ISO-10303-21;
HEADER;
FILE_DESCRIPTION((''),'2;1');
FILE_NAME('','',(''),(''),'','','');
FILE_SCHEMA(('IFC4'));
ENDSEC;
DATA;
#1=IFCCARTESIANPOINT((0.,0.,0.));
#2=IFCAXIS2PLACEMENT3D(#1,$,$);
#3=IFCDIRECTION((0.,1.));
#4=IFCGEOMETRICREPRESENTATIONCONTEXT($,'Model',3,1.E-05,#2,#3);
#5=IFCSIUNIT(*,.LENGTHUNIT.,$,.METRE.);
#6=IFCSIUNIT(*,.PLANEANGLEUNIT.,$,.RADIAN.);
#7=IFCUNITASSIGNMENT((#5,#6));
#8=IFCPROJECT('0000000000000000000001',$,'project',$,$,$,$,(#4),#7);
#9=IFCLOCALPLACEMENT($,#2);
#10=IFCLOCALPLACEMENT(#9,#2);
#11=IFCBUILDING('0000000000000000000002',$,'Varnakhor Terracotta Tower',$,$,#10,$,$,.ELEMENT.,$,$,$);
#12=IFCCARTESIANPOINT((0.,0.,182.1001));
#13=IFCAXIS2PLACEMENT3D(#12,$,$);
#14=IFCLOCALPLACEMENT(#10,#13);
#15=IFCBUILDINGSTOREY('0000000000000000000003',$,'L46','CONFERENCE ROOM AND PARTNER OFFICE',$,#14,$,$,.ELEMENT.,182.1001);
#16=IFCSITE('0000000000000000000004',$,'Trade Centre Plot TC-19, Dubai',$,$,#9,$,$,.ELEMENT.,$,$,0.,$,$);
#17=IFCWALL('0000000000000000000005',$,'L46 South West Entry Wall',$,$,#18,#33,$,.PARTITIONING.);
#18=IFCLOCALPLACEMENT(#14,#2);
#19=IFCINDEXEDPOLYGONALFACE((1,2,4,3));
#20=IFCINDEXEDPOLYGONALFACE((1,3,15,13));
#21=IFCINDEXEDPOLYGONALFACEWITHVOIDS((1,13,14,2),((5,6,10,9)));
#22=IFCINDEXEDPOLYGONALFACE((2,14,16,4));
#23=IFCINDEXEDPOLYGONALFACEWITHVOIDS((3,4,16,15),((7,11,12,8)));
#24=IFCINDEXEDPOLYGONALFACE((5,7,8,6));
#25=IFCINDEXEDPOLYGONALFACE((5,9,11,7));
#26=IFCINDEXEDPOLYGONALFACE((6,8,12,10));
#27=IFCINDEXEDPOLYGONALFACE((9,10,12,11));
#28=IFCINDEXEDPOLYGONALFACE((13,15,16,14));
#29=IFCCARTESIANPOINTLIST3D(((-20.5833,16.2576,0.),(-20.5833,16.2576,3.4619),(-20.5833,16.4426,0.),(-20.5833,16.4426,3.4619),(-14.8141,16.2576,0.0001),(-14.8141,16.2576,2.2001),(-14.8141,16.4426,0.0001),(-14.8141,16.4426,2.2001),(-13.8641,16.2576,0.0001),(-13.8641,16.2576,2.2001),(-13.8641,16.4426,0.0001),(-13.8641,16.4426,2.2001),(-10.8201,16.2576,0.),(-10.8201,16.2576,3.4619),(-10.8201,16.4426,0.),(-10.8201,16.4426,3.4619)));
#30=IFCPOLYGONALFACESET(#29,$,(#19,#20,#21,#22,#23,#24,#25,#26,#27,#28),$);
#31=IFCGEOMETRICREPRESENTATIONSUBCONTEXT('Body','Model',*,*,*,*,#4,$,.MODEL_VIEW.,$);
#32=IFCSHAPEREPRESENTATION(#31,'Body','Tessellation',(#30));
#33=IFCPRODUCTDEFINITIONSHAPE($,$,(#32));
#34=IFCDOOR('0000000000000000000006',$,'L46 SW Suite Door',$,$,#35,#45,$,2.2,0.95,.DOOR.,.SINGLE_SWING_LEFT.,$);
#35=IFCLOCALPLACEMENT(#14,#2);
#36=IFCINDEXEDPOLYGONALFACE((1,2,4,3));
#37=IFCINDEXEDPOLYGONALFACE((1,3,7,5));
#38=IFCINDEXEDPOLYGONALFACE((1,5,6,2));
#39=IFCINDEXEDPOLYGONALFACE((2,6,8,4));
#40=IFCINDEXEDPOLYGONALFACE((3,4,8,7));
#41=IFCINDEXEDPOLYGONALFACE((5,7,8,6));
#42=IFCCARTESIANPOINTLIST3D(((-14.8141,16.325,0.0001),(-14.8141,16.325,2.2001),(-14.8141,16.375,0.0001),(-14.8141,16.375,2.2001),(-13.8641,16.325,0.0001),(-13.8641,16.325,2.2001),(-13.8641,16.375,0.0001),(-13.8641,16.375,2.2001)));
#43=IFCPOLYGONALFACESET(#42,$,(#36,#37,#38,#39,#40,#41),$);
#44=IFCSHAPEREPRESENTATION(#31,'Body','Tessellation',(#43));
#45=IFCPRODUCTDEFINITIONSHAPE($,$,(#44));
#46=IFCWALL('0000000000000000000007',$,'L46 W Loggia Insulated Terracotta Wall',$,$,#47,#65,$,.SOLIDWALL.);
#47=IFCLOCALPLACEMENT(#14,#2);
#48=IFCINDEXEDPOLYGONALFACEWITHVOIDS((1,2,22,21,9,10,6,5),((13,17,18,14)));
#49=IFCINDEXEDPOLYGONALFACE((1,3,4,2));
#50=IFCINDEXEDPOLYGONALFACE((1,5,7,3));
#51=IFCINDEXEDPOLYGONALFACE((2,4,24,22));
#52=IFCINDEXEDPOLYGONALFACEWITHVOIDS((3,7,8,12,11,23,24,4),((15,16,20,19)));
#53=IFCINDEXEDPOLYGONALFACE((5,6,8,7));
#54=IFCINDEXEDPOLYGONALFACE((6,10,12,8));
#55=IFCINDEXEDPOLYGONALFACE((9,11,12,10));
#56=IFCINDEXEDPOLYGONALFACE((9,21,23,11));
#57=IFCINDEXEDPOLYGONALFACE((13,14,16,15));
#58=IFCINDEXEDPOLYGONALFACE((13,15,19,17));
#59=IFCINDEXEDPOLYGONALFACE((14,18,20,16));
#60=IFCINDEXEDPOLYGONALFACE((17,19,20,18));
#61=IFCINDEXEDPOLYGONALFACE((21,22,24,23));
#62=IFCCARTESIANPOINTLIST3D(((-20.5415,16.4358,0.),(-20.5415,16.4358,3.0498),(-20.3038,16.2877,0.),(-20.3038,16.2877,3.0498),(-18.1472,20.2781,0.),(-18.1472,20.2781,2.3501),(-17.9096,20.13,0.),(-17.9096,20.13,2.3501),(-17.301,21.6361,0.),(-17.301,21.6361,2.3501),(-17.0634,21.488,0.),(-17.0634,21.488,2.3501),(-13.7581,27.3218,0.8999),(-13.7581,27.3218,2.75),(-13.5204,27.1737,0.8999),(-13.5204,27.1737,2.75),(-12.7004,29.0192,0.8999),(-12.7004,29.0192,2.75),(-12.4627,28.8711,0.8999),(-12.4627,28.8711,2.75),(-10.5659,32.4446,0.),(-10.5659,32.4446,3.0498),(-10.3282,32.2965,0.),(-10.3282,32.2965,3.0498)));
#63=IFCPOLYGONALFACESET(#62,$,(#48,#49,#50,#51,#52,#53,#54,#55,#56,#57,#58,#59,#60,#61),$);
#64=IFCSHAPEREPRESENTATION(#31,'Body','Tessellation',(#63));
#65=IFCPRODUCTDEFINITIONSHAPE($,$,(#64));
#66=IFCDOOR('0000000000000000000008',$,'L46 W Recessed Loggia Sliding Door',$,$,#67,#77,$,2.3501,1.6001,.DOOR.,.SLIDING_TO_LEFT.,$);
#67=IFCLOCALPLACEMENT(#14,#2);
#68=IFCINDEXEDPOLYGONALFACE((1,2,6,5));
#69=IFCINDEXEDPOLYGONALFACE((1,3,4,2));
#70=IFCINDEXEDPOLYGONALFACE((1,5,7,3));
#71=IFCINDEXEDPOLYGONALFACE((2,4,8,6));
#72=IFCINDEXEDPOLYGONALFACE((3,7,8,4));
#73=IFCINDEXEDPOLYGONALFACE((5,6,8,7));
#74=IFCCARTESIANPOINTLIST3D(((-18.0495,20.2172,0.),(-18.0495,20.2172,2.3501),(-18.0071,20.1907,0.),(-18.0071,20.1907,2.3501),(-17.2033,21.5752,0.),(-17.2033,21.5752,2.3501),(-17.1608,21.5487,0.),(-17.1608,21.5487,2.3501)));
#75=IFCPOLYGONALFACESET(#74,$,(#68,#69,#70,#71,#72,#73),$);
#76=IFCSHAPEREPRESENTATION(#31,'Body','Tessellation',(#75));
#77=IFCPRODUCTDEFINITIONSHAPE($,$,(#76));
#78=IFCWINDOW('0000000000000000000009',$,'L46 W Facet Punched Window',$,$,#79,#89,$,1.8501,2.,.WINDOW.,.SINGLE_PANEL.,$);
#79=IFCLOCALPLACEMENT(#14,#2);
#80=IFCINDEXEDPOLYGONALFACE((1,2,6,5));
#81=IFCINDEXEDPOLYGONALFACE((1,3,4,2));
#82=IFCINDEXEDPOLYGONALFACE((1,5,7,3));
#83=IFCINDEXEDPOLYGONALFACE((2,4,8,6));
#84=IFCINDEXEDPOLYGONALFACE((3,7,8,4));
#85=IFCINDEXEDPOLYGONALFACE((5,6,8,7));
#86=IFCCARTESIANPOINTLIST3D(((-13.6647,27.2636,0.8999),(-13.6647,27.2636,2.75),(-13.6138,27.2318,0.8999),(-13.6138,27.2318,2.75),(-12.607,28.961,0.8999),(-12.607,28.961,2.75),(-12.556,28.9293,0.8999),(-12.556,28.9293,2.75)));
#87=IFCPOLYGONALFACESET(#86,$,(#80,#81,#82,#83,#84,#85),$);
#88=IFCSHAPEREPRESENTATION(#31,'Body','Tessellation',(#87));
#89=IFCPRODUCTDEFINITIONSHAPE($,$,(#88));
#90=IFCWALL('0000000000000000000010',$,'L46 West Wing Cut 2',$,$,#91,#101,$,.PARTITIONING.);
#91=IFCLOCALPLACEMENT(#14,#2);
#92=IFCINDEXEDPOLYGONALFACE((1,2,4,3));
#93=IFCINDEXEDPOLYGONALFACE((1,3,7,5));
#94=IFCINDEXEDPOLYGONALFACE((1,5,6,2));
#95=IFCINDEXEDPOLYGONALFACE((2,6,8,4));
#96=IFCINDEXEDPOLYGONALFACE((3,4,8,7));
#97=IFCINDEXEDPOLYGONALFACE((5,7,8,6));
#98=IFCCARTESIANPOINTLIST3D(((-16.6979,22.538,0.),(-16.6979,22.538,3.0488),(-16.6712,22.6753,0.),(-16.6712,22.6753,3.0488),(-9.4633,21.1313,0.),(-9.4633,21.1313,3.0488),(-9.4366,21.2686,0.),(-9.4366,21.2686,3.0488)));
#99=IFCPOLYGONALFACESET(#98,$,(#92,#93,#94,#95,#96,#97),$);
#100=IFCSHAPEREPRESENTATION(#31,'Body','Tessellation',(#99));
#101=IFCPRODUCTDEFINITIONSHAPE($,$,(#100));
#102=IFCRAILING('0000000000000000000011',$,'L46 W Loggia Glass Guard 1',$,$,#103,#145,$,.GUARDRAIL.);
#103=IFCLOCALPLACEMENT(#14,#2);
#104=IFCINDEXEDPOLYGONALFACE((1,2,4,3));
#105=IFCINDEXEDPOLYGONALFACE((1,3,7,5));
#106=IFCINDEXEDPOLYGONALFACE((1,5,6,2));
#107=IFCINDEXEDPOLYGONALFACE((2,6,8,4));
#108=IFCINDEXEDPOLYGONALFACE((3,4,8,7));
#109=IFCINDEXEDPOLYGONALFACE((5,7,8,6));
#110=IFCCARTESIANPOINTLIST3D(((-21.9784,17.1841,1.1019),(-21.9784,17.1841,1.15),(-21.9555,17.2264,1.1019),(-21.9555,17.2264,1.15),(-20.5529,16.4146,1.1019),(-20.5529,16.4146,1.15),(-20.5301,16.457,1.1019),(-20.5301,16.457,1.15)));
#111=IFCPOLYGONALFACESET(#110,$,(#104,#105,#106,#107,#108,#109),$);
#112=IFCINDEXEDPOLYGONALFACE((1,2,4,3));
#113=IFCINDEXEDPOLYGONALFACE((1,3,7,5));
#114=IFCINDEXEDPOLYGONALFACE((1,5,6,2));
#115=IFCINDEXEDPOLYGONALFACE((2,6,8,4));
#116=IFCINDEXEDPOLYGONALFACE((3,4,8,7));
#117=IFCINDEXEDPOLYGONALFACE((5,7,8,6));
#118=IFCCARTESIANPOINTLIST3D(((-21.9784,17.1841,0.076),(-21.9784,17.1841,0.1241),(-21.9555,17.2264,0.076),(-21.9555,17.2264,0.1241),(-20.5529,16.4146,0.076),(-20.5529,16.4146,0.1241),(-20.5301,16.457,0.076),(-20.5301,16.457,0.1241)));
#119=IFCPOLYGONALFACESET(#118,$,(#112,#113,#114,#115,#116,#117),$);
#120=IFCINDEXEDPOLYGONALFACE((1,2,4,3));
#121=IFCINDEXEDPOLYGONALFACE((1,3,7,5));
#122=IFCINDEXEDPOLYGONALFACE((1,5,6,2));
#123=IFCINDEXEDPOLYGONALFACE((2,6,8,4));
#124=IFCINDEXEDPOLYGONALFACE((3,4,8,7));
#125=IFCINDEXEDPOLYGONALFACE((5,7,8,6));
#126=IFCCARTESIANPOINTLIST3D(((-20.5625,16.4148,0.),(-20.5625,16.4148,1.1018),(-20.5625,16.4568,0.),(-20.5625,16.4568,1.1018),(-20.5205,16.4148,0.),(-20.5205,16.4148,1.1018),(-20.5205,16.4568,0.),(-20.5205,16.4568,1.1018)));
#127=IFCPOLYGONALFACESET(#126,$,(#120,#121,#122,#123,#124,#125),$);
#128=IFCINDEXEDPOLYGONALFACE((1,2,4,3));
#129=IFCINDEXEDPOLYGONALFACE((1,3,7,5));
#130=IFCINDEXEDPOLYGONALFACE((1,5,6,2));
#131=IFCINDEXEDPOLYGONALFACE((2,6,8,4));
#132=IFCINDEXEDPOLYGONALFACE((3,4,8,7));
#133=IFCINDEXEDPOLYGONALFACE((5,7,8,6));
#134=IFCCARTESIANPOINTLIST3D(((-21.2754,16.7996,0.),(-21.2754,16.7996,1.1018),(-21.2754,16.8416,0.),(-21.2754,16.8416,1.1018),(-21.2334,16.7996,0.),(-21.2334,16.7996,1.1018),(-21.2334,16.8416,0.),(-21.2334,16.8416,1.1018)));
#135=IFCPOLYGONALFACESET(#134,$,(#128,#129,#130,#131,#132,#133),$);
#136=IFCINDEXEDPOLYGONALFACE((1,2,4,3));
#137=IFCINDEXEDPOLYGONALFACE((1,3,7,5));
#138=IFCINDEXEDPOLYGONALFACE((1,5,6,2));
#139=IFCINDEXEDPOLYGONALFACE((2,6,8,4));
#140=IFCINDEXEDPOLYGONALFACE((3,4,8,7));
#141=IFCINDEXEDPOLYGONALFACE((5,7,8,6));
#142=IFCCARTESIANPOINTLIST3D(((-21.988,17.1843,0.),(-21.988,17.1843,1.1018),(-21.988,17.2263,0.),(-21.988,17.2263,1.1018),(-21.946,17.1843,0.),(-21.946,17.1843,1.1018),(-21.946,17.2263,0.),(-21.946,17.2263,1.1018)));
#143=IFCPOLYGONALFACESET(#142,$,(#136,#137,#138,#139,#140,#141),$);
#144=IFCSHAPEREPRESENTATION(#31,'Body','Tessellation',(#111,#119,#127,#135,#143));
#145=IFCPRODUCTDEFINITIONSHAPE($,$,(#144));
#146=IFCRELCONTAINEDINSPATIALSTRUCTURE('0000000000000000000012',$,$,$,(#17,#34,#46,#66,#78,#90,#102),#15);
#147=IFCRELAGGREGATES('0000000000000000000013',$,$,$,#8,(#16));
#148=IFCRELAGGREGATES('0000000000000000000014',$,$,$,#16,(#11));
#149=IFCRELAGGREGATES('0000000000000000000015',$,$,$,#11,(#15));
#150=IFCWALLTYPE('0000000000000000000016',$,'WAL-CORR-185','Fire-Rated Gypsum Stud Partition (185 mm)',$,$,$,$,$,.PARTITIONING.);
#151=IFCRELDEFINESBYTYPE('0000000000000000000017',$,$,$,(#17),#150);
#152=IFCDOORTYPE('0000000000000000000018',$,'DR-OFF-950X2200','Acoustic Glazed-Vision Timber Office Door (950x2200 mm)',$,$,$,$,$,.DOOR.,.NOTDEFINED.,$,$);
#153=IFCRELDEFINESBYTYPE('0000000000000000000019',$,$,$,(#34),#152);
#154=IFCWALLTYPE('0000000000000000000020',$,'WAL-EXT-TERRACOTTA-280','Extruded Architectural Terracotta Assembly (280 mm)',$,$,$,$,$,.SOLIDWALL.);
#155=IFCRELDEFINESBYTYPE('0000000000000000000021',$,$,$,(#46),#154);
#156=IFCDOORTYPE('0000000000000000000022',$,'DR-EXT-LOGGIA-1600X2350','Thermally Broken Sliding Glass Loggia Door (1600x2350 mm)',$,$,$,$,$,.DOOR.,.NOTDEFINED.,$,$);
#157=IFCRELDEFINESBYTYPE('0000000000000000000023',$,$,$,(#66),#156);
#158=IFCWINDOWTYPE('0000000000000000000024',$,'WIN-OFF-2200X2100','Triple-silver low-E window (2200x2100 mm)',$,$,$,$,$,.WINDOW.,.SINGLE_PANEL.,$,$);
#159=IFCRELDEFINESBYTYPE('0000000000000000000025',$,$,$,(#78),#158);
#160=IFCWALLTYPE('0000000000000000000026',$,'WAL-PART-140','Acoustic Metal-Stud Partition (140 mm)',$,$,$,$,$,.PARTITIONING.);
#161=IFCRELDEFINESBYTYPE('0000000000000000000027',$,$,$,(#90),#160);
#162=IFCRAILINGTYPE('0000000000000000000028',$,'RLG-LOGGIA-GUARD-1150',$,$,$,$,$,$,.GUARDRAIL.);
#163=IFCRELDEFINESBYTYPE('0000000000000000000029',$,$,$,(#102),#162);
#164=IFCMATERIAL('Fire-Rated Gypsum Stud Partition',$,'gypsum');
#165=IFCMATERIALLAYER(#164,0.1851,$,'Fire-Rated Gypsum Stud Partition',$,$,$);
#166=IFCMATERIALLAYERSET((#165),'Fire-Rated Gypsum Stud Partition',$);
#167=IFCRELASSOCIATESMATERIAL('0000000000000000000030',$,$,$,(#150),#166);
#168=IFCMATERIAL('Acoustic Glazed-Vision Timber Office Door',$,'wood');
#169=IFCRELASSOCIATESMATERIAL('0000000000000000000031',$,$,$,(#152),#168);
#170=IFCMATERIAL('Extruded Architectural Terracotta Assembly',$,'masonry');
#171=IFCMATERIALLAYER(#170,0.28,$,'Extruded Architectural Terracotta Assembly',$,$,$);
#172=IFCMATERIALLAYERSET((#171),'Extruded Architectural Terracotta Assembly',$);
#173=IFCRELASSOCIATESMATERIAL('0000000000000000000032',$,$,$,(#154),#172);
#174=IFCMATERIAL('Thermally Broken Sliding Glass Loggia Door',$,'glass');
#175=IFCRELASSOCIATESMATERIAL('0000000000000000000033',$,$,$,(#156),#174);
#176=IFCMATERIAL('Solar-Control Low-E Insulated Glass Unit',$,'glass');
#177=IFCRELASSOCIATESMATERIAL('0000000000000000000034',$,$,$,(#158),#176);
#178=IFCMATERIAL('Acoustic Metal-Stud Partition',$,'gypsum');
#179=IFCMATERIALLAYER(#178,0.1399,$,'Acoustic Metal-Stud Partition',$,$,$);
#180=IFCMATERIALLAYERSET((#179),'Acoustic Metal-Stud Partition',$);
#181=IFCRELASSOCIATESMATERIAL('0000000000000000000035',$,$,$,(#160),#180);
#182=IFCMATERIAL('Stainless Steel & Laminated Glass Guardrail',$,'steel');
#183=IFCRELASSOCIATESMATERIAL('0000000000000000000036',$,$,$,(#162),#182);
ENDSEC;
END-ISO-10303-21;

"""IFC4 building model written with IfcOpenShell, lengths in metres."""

from ifc_helpers import new_model, si_unit, direction, frame, frame_2d, origin, origin_2d, place, context, subcontext, project, spatial, rectangle, extrude, source, transform, mapped, material, layer, layer_set, type_object, type_shapes, element, fill, save


model = new_model("IFC4")

# Units and contexts
model_context = context("Model", 3, precision=1e-05, world=origin(), true_north=direction((0.0, 1.0)))
body_context = subcontext(model_context, "Body", "Model", "MODEL_VIEW")
ifc_project = project(units=[si_unit("LENGTHUNIT", "METRE"), si_unit("PLANEANGLEUNIT", "RADIAN")], contexts=[model_context])

# Site, building, storey
site_placement = place(None, origin())
site = spatial("IfcSite", under=ifc_project, at=site_placement, Name="Trade Centre Plot TC-19, Dubai", CompositionType="ELEMENT", RefElevation=0.0)
building_placement = place(site_placement, origin())
building = spatial("IfcBuilding", under=site, at=building_placement, Name="Varnakhor Terracotta Tower", CompositionType="ELEMENT")
storey_placement = place(building_placement, frame((0.0, 0.0, 182.1001)))
storey = spatial("IfcBuildingStorey", under=building, at=storey_placement, Name="L46", Description="CONFERENCE ROOM AND PARTNER OFFICE", CompositionType="ELEMENT", Elevation=182.1001)

# Wall, opening, door
ifc_material_1 = material(Name="Fire-Rated Gypsum Stud Partition", Category="gypsum")
ifc_layer_1 = layer(ifc_material_1, 0.1851, Name="Fire-Rated Gypsum Stud Partition")
ifc_layer_set_1 = layer_set([ifc_layer_1], Name="Fire-Rated Gypsum Stud Partition")
wall_type_1 = type_object("IfcWallType", Name="WAL-CORR-185", Description="Fire-Rated Gypsum Stud Partition (185 mm)", PredefinedType="PARTITIONING", material=ifc_layer_set_1)
wall_1_placement = place(storey_placement, frame((-20.5833, 16.3501, 0.0), z_axis=(0.0, 0.0, 1.0), x_axis=(1.0, 0.0, 0.0)))
wall_1 = element("IfcWall", 1, at=wall_1_placement, inside=storey, type_object=wall_type_1, Name="L46 South West Entry Wall", PredefinedType="PARTITIONING", context=body_context, shape_type="SweptSolid", body=[
    extrude(rectangle(XDim=9.7632, YDim=0.1851, at=frame_2d((4.8816, 0.0))), origin(), (0.0, 0.0, 1.0), 3.4619),
])
opening_1_placement = place(wall_1_placement, frame((5.769, 0.0, 0.0)))
opening_1 = element("IfcOpeningElement", 2, at=opening_1_placement, cuts=wall_1, PredefinedType="OPENING", context=body_context, shape_type="SweptSolid", body=[
    extrude(rectangle(XDim=0.95, YDim=2.2, at=frame_2d((0.4751, 1.1001))), frame((0.0, 0.1025, 0.0), z_axis=(0.0, -1.0, 0.0), x_axis=(1.0, 0.0, 0.0)), (0.0, 0.0, 1.0), 0.2051),
])
ifc_material_2 = material(Name="Acoustic Glazed-Vision Timber Office Door", Category="wood")
door_type_1 = type_object("IfcDoorType", Name="DR-OFF-950X2200", Description="Acoustic Glazed-Vision Timber Office Door (950x2200 mm)", OperationType="NOTDEFINED", PredefinedType="DOOR", material=ifc_material_2)
shared_shape_1 = source(origin(), body_context, "Body", "SweptSolid", [
    extrude(rectangle(XDim=0.95, YDim=2.2, at=frame_2d((0.4751, 1.1001))), frame((0.0, 0.0249, 0.0), z_axis=(0.0, -1.0, 0.0), x_axis=(1.0, 0.0, 0.0)), (0.0, 0.0, 1.0), 0.05),
])
type_shapes(door_type_1, [shared_shape_1])
door_1_placement = place(opening_1_placement, origin())
door_1 = element("IfcDoor", 3, at=door_1_placement, inside=storey, type_object=door_type_1, Name="L46 SW Suite Door", OperationType="SINGLE_SWING_LEFT", OverallHeight=2.2, OverallWidth=0.95, PredefinedType="DOOR", context=body_context, shape_type="MappedRepresentation", body=[
    mapped(shared_shape_1, transform((0.0, 0.0, 0.0), scale=1.0)),
])
fill(opening_1, door_1)

# Wall, openings, door, window
ifc_material_3 = material(Name="Extruded Architectural Terracotta Assembly", Category="masonry")
ifc_layer_2 = layer(ifc_material_3, 0.28, Name="Extruded Architectural Terracotta Assembly")
ifc_layer_set_2 = layer_set([ifc_layer_2], Name="Extruded Architectural Terracotta Assembly")
wall_type_2 = type_object("IfcWallType", Name="WAL-EXT-TERRACOTTA-280", Description="Extruded Architectural Terracotta Assembly (280 mm)", PredefinedType="SOLIDWALL", material=ifc_layer_set_2)
wall_2_placement = place(storey_placement, frame((-20.4226, 16.3618, 0.0), z_axis=(0.0, 0.0, 1.0), x_axis=(0.528858, 0.84871, 0.0)))
wall_2 = element("IfcWall", 4, at=wall_2_placement, inside=storey, type_object=wall_type_2, Name="L46 W Loggia Insulated Terracotta Wall", PredefinedType="SOLIDWALL", context=body_context, shape_type="SweptSolid", body=[
    extrude(rectangle(XDim=18.8625, YDim=0.28, at=frame_2d((9.4312, 0.0))), origin(), (0.0, 0.0, 1.0), 3.0498),
])
opening_2_placement = place(wall_2_placement, frame((4.5271, 0.0, 0.0)))
opening_2 = element("IfcOpeningElement", 5, at=opening_2_placement, cuts=wall_2, PredefinedType="OPENING", context=body_context, shape_type="SweptSolid", body=[
    extrude(rectangle(XDim=1.6001, YDim=2.3501, at=frame_2d((0.8, 1.175))), frame((0.0, 0.1499, 0.0), z_axis=(0.0, -1.0, 0.0), x_axis=(1.0, 0.0, 0.0)), (0.0, 0.0, 1.0), 0.3),
])
opening_3_placement = place(wall_2_placement, frame((12.8264, 0.0, 0.8999)))
opening_3 = element("IfcOpeningElement", 6, at=opening_3_placement, cuts=wall_2, PredefinedType="OPENING", context=body_context, shape_type="SweptSolid", body=[
    extrude(rectangle(XDim=2.0, YDim=1.8501, at=frame_2d((1.0, 0.925))), frame((0.0, 0.1499, 0.0), z_axis=(0.0, -1.0, 0.0), x_axis=(1.0, 0.0, 0.0)), (0.0, 0.0, 1.0), 0.3),
])
ifc_material_4 = material(Name="Thermally Broken Sliding Glass Loggia Door", Category="glass")
door_type_2 = type_object("IfcDoorType", Name="DR-EXT-LOGGIA-1600X2350", Description="Thermally Broken Sliding Glass Loggia Door (1600x2350 mm)", OperationType="NOTDEFINED", PredefinedType="DOOR", material=ifc_material_4)
shared_shape_2 = source(origin(), body_context, "Body", "SweptSolid", [
    extrude(rectangle(XDim=1.6001, YDim=2.3501, at=frame_2d((0.8, 1.175))), frame((0.0, 0.0249, 0.0), z_axis=(0.0, -1.0, 0.0), x_axis=(1.0, 0.0, 0.0)), (0.0, 0.0, 1.0), 0.05),
])
type_shapes(door_type_2, [shared_shape_2])
door_2_placement = place(opening_2_placement, origin())
door_2 = element("IfcDoor", 7, at=door_2_placement, inside=storey, type_object=door_type_2, Name="L46 W Recessed Loggia Sliding Door", OperationType="SLIDING_TO_LEFT", OverallHeight=2.3501, OverallWidth=1.6001, PredefinedType="DOOR", context=body_context, shape_type="MappedRepresentation", body=[
    mapped(shared_shape_2, transform((0.0, 0.0, 0.0), scale=1.0)),
])
fill(opening_2, door_2)
ifc_material_5 = material(Name="Solar-Control Low-E Insulated Glass Unit", Category="glass")
window_type = type_object("IfcWindowType", Name="WIN-OFF-2200X2100", Description="Triple-silver low-E window (2200x2100 mm)", PartitioningType="SINGLE_PANEL", PredefinedType="WINDOW", material=ifc_material_5)
shared_shape_3 = source(origin(), body_context, "Body", "SweptSolid", [
    extrude(rectangle(XDim=2.0, YDim=1.8501, at=frame_2d((1.0, 0.925))), frame((0.0, 0.03, 0.0), z_axis=(0.0, -1.0, 0.0), x_axis=(1.0, 0.0, 0.0)), (0.0, 0.0, 1.0), 0.0601),
])
type_shapes(window_type, [shared_shape_3])
window_placement = place(opening_3_placement, origin())
window = element("IfcWindow", 8, at=window_placement, inside=storey, type_object=window_type, Name="L46 W Facet Punched Window", OverallHeight=1.8501, OverallWidth=2.0, PartitioningType="SINGLE_PANEL", PredefinedType="WINDOW", context=body_context, shape_type="MappedRepresentation", body=[
    mapped(shared_shape_3, transform((0.0, 0.0, 0.0), scale=1.0)),
])
fill(opening_3, window)

# Wall
ifc_material_6 = material(Name="Acoustic Metal-Stud Partition", Category="gypsum")
ifc_layer_3 = layer(ifc_material_6, 0.1399, Name="Acoustic Metal-Stud Partition")
ifc_layer_set_3 = layer_set([ifc_layer_3], Name="Acoustic Metal-Stud Partition")
wall_type_3 = type_object("IfcWallType", Name="WAL-PART-140", Description="Acoustic Metal-Stud Partition (140 mm)", PredefinedType="PARTITIONING", material=ifc_layer_set_3)
wall_3_placement = place(storey_placement, frame((-16.6846, 22.6067, 0.0), z_axis=(0.0, 0.0, 1.0), x_axis=(0.981615, -0.190871, 0.0)))
element("IfcWall", 9, at=wall_3_placement, inside=storey, type_object=wall_type_3, Name="L46 West Wing Cut 2", PredefinedType="PARTITIONING", context=body_context, shape_type="SweptSolid", body=[
    extrude(rectangle(XDim=7.3701, YDim=0.1399, at=frame_2d((3.6851, 0.0))), origin(), (0.0, 0.0, 1.0), 3.0488),
])

# Railing
ifc_material_7 = material(Name="Stainless Steel & Laminated Glass Guardrail", Category="steel")
railing_type = type_object("IfcRailingType", Name="RLG-LOGGIA-GUARD-1150", PredefinedType="GUARDRAIL", material=ifc_material_7)
railing_1_placement = place(storey_placement, frame((-20.5415, 16.4358, 0.0)))
element("IfcRailing", 10, at=railing_1_placement, inside=storey, type_object=railing_type, Name="L46 W Loggia Glass Guard 1", PredefinedType="GUARDRAIL", context=body_context, shape_type="SweptSolid", body=[
    extrude(rectangle(XDim=0.0481, YDim=0.0481, at=origin_2d()), frame((0.0, 0.0, 1.126), z_axis=(-0.879972, 0.475025, 0.0), x_axis=(-0.475025, -0.879972, 0.0)), (0.0, 0.0, 1.0), 1.6199),
    extrude(rectangle(XDim=0.0481, YDim=0.0481, at=origin_2d()), frame((0.0, 0.0, 0.1001), z_axis=(-0.879972, 0.475025, 0.0), x_axis=(-0.475025, -0.879972, 0.0)), (0.0, 0.0, 1.0), 1.6199),
    extrude(rectangle(XDim=0.042, YDim=0.042, at=origin_2d()), origin(), (0.0, 0.0, 1.0), 1.1018),
    extrude(rectangle(XDim=0.042, YDim=0.042, at=origin_2d()), frame((-0.7129, 0.3848, 0.0)), (0.0, 0.0, 1.0), 1.1018),
    extrude(rectangle(XDim=0.042, YDim=0.042, at=origin_2d()), frame((-1.4255, 0.7695, 0.0)), (0.0, 0.0, 1.0), 1.1018),
])

save(model, "model.ifc")
